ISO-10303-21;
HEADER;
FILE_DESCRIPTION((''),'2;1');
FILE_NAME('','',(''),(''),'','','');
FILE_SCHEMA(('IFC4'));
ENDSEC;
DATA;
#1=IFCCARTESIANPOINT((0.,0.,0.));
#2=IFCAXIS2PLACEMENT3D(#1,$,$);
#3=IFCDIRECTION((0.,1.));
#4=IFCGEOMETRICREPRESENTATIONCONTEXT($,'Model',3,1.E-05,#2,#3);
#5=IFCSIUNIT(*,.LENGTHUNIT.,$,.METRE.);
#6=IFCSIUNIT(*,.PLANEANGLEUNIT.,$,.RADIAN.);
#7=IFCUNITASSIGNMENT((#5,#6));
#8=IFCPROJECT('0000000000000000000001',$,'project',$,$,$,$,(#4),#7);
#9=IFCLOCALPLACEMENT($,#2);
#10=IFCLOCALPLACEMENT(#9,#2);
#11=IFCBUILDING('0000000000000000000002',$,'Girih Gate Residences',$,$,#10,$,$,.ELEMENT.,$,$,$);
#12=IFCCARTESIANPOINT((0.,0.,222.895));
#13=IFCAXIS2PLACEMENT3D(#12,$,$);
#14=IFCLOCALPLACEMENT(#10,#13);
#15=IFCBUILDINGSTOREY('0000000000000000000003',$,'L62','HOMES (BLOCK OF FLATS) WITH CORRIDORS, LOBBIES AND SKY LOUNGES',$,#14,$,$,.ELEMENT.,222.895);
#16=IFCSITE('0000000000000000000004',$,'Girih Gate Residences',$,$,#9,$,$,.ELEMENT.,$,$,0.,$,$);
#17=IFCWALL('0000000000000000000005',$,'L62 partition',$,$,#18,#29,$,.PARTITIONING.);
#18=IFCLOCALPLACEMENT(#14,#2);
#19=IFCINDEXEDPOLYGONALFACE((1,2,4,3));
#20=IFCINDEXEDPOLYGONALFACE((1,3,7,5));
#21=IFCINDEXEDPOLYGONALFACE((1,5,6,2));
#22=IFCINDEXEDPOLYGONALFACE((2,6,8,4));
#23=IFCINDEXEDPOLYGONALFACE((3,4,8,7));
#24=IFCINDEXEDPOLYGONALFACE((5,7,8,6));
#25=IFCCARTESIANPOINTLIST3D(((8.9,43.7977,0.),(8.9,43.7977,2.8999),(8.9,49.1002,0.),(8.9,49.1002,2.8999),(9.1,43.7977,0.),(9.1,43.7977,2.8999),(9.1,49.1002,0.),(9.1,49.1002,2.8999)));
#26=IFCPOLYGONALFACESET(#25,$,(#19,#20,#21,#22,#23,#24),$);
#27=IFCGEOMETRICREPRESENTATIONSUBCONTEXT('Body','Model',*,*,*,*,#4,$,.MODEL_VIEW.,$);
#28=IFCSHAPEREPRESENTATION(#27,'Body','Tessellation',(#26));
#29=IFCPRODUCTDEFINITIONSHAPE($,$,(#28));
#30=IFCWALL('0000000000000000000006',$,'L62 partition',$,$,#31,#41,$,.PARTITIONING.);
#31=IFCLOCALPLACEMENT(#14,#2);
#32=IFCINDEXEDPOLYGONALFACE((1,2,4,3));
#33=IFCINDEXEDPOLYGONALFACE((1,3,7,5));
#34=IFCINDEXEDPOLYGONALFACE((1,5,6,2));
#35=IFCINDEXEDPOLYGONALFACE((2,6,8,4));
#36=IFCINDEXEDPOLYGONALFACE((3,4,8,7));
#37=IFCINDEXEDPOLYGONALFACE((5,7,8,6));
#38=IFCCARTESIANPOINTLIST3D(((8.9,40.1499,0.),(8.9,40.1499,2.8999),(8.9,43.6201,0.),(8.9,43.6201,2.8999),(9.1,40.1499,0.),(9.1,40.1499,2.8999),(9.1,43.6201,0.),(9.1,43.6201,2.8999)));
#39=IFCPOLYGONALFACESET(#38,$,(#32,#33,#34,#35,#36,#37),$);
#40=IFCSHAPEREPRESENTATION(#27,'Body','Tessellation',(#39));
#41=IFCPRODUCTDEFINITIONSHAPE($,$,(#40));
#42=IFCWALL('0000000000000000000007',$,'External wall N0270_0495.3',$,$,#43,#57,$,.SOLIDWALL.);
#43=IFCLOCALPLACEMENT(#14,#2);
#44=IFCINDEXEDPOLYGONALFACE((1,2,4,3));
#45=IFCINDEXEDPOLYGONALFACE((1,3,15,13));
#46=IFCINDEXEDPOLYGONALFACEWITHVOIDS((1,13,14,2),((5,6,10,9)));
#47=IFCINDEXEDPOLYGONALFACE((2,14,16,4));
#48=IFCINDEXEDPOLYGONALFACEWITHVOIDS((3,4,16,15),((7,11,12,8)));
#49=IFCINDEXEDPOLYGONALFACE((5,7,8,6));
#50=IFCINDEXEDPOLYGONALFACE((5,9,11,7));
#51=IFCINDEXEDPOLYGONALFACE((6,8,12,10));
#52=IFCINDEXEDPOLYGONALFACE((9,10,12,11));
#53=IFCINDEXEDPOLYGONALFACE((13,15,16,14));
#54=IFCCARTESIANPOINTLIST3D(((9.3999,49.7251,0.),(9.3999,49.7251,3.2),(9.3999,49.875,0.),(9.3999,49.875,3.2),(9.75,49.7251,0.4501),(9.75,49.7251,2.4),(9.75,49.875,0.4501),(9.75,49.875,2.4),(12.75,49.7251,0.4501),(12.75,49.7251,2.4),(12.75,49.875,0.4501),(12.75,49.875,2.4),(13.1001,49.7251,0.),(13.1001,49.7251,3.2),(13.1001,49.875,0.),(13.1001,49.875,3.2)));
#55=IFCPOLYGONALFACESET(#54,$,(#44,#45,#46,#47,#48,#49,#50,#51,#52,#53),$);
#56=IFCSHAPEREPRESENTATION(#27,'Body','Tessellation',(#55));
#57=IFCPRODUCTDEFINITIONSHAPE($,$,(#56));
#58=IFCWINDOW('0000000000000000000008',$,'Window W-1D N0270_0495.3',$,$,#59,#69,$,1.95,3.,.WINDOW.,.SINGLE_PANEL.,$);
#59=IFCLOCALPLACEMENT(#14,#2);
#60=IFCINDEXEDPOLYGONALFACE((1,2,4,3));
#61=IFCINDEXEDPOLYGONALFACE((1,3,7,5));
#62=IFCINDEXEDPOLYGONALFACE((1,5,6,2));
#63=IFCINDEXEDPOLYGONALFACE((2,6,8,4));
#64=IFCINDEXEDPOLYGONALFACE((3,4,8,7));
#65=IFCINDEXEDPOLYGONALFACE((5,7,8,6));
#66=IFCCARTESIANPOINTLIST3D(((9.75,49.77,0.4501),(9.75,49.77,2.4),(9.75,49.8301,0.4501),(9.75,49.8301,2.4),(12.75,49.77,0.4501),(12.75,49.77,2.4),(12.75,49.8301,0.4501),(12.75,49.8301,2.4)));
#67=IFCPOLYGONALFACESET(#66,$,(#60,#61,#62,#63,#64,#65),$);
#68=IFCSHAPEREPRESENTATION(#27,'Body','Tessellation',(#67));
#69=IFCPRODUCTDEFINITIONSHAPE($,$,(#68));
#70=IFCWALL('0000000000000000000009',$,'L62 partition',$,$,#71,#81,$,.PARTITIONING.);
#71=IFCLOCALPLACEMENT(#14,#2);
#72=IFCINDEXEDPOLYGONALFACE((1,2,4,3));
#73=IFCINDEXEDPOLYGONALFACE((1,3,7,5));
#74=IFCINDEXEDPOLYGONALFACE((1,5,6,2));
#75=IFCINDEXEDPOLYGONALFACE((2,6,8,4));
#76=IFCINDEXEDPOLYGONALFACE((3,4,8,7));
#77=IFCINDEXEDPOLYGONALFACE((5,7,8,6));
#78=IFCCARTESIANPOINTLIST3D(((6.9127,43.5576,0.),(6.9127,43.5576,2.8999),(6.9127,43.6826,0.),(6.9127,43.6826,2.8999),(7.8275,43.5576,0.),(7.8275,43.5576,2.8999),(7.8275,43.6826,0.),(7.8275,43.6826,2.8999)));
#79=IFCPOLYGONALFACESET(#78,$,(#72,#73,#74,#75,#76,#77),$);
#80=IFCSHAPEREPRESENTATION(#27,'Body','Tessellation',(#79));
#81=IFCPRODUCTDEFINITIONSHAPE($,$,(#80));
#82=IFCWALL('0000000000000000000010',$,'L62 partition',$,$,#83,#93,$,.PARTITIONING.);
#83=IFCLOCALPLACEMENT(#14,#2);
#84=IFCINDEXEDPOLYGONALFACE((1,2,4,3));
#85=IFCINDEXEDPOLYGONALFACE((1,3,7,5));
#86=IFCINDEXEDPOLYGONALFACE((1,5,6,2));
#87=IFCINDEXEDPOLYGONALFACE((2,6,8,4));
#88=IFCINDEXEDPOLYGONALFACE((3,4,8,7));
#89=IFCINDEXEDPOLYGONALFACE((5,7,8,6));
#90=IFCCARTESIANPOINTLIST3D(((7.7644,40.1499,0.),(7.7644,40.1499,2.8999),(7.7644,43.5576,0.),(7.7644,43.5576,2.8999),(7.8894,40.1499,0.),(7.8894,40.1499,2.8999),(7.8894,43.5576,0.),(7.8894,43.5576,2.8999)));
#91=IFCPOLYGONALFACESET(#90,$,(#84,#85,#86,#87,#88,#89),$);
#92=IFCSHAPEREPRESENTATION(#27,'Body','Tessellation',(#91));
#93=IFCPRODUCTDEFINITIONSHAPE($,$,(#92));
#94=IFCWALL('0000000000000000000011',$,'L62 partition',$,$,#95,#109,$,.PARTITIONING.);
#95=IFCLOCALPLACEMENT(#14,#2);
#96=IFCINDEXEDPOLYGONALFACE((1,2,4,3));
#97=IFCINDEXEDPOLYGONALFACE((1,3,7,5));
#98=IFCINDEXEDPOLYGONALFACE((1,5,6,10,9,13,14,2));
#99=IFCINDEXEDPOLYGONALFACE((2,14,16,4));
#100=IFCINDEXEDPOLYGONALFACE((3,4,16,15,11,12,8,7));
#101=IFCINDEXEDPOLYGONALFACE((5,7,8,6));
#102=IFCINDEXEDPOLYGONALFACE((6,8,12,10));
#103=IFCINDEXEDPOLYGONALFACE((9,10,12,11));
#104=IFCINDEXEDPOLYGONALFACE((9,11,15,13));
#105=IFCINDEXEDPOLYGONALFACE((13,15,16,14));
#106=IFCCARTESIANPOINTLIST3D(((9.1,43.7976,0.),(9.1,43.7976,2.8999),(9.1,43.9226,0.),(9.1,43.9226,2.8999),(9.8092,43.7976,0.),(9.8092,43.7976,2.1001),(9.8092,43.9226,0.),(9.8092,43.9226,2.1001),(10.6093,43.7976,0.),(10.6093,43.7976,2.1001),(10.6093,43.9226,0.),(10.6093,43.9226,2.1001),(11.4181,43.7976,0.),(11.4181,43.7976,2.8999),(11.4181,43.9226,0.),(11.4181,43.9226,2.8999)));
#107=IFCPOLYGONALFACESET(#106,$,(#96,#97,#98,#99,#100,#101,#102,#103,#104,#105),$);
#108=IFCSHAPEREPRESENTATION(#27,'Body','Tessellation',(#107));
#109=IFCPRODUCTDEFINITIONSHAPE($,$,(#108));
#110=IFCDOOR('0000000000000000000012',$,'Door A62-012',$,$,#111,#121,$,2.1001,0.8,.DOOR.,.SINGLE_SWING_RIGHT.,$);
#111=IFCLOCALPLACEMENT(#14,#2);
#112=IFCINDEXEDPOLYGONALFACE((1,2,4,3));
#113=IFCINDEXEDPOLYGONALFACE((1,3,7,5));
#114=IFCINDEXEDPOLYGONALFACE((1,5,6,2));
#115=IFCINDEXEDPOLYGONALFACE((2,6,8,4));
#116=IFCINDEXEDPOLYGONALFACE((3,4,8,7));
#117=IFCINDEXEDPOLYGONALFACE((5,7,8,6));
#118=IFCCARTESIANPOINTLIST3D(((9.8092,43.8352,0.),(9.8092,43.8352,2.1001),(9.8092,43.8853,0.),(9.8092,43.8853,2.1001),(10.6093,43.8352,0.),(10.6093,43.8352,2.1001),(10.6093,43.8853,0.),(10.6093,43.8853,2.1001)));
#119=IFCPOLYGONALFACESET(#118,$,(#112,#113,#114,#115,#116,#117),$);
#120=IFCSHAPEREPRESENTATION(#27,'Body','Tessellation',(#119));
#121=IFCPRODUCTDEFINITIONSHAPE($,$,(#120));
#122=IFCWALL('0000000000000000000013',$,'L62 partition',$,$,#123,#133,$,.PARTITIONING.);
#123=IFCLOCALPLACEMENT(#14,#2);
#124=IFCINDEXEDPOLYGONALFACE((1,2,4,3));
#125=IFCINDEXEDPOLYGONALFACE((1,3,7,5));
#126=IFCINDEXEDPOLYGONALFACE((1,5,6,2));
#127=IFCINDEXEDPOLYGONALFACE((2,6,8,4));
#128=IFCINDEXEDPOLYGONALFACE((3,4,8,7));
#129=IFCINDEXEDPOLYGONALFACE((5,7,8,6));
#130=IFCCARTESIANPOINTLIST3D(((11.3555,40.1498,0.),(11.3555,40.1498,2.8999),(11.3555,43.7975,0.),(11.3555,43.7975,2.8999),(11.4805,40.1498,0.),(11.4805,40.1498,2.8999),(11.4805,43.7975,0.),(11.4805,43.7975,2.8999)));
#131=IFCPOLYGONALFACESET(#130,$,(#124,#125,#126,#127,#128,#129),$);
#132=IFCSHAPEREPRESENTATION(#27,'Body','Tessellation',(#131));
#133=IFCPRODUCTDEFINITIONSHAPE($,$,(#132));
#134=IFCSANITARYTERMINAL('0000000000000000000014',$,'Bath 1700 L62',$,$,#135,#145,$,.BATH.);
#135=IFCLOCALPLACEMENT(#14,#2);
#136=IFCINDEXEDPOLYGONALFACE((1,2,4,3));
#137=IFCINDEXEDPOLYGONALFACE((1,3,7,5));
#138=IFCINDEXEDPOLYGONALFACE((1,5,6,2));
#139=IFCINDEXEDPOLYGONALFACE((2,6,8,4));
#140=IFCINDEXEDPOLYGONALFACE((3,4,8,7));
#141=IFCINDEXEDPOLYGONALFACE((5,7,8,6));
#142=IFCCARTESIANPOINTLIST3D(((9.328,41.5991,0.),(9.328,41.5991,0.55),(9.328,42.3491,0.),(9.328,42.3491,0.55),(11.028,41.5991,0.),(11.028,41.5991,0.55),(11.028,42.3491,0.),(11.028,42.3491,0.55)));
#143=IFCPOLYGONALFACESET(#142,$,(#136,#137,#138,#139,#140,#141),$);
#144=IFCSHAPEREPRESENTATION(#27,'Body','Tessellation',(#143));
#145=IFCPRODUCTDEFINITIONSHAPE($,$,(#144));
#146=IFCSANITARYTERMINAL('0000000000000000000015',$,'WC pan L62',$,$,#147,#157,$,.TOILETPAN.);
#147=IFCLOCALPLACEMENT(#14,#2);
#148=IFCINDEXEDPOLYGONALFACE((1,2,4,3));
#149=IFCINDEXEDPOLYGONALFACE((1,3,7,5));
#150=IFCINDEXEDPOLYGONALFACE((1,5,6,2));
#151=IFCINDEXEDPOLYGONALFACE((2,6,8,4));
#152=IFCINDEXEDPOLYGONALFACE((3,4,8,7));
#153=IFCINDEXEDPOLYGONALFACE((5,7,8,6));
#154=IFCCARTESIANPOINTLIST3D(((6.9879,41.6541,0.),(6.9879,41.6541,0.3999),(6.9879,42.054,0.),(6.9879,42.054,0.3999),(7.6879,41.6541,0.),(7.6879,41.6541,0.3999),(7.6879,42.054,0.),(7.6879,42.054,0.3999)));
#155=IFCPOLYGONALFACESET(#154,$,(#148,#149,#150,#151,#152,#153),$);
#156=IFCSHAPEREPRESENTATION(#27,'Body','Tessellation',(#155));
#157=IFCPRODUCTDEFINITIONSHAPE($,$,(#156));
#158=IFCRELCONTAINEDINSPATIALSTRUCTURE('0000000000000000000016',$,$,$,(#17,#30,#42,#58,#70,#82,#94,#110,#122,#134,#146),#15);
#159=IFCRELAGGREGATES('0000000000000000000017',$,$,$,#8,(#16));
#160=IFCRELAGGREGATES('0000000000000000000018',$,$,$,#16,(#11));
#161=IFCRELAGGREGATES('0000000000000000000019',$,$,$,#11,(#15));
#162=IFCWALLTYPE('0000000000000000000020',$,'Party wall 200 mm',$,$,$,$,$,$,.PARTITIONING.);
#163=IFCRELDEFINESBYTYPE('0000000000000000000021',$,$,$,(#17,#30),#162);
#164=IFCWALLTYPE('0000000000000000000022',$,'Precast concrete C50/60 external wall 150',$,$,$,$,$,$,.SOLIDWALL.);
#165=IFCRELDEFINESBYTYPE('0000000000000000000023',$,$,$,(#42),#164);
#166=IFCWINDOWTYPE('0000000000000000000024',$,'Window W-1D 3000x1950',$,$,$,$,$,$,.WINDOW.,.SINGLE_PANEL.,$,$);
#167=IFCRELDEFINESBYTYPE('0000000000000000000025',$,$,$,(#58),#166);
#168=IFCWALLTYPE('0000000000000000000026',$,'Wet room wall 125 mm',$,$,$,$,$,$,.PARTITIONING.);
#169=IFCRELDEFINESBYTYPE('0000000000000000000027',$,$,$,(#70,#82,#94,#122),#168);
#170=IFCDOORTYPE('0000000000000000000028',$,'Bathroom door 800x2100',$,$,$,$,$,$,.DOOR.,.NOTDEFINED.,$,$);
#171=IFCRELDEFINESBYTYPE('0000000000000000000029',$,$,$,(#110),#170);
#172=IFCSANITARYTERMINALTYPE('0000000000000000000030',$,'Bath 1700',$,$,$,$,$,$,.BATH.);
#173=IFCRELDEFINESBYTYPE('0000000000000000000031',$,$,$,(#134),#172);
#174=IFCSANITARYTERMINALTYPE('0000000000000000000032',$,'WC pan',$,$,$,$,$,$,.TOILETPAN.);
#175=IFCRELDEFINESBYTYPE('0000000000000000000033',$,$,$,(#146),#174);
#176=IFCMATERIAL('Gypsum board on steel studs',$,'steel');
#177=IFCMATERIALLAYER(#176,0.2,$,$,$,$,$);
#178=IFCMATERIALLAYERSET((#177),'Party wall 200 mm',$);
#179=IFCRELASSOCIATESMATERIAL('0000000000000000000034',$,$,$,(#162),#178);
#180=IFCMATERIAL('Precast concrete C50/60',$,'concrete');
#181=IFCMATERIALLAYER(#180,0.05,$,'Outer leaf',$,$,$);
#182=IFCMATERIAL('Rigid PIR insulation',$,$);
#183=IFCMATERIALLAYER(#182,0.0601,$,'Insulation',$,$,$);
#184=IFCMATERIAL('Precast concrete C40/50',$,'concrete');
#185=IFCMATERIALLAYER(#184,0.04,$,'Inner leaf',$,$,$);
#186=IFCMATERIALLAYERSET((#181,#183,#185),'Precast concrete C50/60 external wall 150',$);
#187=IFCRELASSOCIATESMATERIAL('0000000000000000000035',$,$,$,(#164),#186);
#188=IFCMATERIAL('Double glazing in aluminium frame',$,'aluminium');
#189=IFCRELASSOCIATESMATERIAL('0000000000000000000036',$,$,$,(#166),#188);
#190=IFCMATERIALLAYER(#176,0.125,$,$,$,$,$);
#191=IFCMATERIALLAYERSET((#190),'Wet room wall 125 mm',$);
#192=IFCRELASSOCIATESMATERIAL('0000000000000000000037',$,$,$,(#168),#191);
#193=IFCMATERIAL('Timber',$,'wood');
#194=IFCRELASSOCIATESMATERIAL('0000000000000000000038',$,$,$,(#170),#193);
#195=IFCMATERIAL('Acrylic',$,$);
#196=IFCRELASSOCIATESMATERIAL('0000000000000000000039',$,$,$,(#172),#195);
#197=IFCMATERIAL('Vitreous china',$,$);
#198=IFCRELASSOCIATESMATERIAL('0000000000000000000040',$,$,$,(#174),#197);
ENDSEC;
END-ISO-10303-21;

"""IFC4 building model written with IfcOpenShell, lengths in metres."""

from ifc_helpers import new_model, si_unit, direction, frame, frame_2d, origin, origin_2d, place, context, subcontext, project, spatial, rectangle, extrude, material, layer, layer_set, type_object, element, fill, save


model = new_model("IFC4")

# Units and contexts
model_context = context("Model", 3, precision=1e-05, world=origin(), true_north=direction((0.0, 1.0)))
body_context = subcontext(model_context, "Body", "Model", "MODEL_VIEW")
ifc_project = project(units=[si_unit("LENGTHUNIT", "METRE"), si_unit("PLANEANGLEUNIT", "RADIAN")], contexts=[model_context])

# Site, building, storey
site_placement = place(None, origin())
site = spatial("IfcSite", under=ifc_project, at=site_placement, Name="Girih Gate Residences", CompositionType="ELEMENT", RefElevation=0.0)
building_placement = place(site_placement, origin())
building = spatial("IfcBuilding", under=site, at=building_placement, Name="Girih Gate Residences", CompositionType="ELEMENT")
storey_placement = place(building_placement, frame((0.0, 0.0, 222.895)))
storey = spatial("IfcBuildingStorey", under=building, at=storey_placement, Name="L62", Description="HOMES (BLOCK OF FLATS) WITH CORRIDORS, LOBBIES AND SKY LOUNGES", CompositionType="ELEMENT", Elevation=222.895)

# Shared definitions
ifc_material_1 = material(Name="Gypsum board on steel studs", Category="steel")

# Shared definitions
ifc_material_2 = material(Name="Timber", Category="wood")

# Walls
ifc_layer_1 = layer(ifc_material_1, 0.2)
ifc_layer_set_1 = layer_set([ifc_layer_1], Name="Party wall 200 mm")
wall_type_1 = type_object("IfcWallType", Name="Party wall 200 mm", PredefinedType="PARTITIONING", material=ifc_layer_set_1)
wall_1_placement = place(storey_placement, frame((9.0, 43.7976, 0.0), z_axis=(0.0, 0.0, 1.0), x_axis=(0.0, 1.0, 0.0)))
element("IfcWall", 1, at=wall_1_placement, inside=storey, type_object=wall_type_1, Name="L62 partition", PredefinedType="PARTITIONING", context=body_context, shape_type="SweptSolid", body=[
    extrude(rectangle(XDim=5.3025, YDim=0.2, at=frame_2d((2.6514, 0.0))), origin(), (0.0, 0.0, 1.0), 2.8999),
])
wall_2_placement = place(storey_placement, frame((9.0, 40.1499, 0.0), z_axis=(0.0, 0.0, 1.0), x_axis=(0.0, 1.0, 0.0)))
element("IfcWall", 2, at=wall_2_placement, inside=storey, type_object=wall_type_1, Name="L62 partition", PredefinedType="PARTITIONING", context=body_context, shape_type="SweptSolid", body=[
    extrude(rectangle(XDim=3.4702, YDim=0.2, at=frame_2d((1.7351, 0.0))), origin(), (0.0, 0.0, 1.0), 2.8999),
])

# Wall, opening, window
ifc_material_3 = material(Name="Precast concrete C50/60", Category="concrete")
ifc_layer_2 = layer(ifc_material_3, 0.05, Name="Outer leaf")
ifc_material_4 = material(Name="Rigid PIR insulation")
ifc_layer_3 = layer(ifc_material_4, 0.0601, Name="Insulation")
ifc_material_5 = material(Name="Precast concrete C40/50", Category="concrete")
ifc_layer_4 = layer(ifc_material_5, 0.04, Name="Inner leaf")
ifc_layer_set_2 = layer_set([ifc_layer_2, ifc_layer_3, ifc_layer_4], Name="Precast concrete C50/60 external wall 150")
wall_type_2 = type_object("IfcWallType", Name="Precast concrete C50/60 external wall 150", PredefinedType="SOLIDWALL", material=ifc_layer_set_2)
wall_3_placement = place(storey_placement, frame((9.3999, 49.8, 0.0), z_axis=(0.0, 0.0, 1.0), x_axis=(1.0, 0.0, 0.0)))
wall_3 = element("IfcWall", 3, at=wall_3_placement, inside=storey, type_object=wall_type_2, Name="External wall N0270_0495.3", PredefinedType="SOLIDWALL", context=body_context, shape_type="SweptSolid", body=[
    extrude(rectangle(XDim=3.7002, YDim=0.1499, at=frame_2d((1.8501, 0.0))), origin(), (0.0, 0.0, 1.0), 3.2),
])
opening_1_placement = place(wall_3_placement, frame((0.3501, 0.0, 0.45)))
opening_1 = element("IfcOpeningElement", 4, at=opening_1_placement, cuts=wall_3, PredefinedType="OPENING", context=body_context, shape_type="SweptSolid", body=[
    extrude(rectangle(XDim=3.0, YDim=1.95, at=frame_2d((1.5, 0.9751))), frame((0.0, 0.085, 0.0), z_axis=(0.0, -1.0, 0.0), x_axis=(1.0, 0.0, 0.0)), (0.0, 0.0, 1.0), 0.1699),
])
ifc_material_6 = material(Name="Double glazing in aluminium frame", Category="aluminium")
window_type = type_object("IfcWindowType", Name="Window W-1D 3000x1950", PartitioningType="SINGLE_PANEL", PredefinedType="WINDOW", material=ifc_material_6)
window_placement = place(opening_1_placement, origin())
window = element("IfcWindow", 5, at=window_placement, inside=storey, type_object=window_type, Name="Window W-1D N0270_0495.3", OverallHeight=1.95, OverallWidth=3.0, PartitioningType="SINGLE_PANEL", PredefinedType="WINDOW", context=body_context, shape_type="SweptSolid", body=[
    extrude(rectangle(XDim=3.0, YDim=1.95, at=frame_2d((1.5, 0.9751))), frame((0.0, 0.03, 0.0), z_axis=(0.0, -1.0, 0.0), x_axis=(1.0, 0.0, 0.0)), (0.0, 0.0, 1.0), 0.0601),
])
fill(opening_1, window)

# Walls
ifc_layer_5 = layer(ifc_material_1, 0.125)
ifc_layer_set_3 = layer_set([ifc_layer_5], Name="Wet room wall 125 mm")
wall_type_3 = type_object("IfcWallType", Name="Wet room wall 125 mm", PredefinedType="PARTITIONING", material=ifc_layer_set_3)
wall_4_placement = place(storey_placement, frame((6.9126, 43.6201, 0.0), z_axis=(0.0, 0.0, 1.0), x_axis=(1.0, 0.0, 0.0)))
element("IfcWall", 6, at=wall_4_placement, inside=storey, type_object=wall_type_3, Name="L62 partition", PredefinedType="PARTITIONING", context=body_context, shape_type="SweptSolid", body=[
    extrude(rectangle(XDim=0.9148, YDim=0.125, at=frame_2d((0.4575, 0.0))), origin(), (0.0, 0.0, 1.0), 2.8999),
])
wall_5_placement = place(storey_placement, frame((7.8269, 40.1499, 0.0), z_axis=(0.0, 0.0, 1.0), x_axis=(0.0, 1.0, 0.0)))
element("IfcWall", 7, at=wall_5_placement, inside=storey, type_object=wall_type_3, Name="L62 partition", PredefinedType="PARTITIONING", context=body_context, shape_type="SweptSolid", body=[
    extrude(rectangle(XDim=3.4077, YDim=0.125, at=frame_2d((1.7039, 0.0))), origin(), (0.0, 0.0, 1.0), 2.8999),
])

# Wall, opening, door
wall_6_placement = place(storey_placement, frame((11.4182, 43.8601, 0.0), z_axis=(0.0, 0.0, 1.0), x_axis=(-1.0, 0.0, 0.0)))
wall_6 = element("IfcWall", 8, at=wall_6_placement, inside=storey, type_object=wall_type_3, Name="L62 partition", PredefinedType="PARTITIONING", context=body_context, shape_type="SweptSolid", body=[
    extrude(rectangle(XDim=2.3181, YDim=0.125, at=frame_2d((1.1592, 0.0))), origin(), (0.0, 0.0, 1.0), 2.8999),
])
opening_2_placement = place(wall_6_placement, frame((0.8091, 0.0, 0.0)))
opening_2 = element("IfcOpeningElement", 9, at=opening_2_placement, cuts=wall_6, PredefinedType="OPENING", context=body_context, shape_type="SweptSolid", body=[
    extrude(rectangle(XDim=0.8, YDim=2.1001, at=frame_2d((0.3999, 1.05))), frame((0.0, 0.0725, 0.0), z_axis=(0.0, -1.0, 0.0), x_axis=(1.0, 0.0, 0.0)), (0.0, 0.0, 1.0), 0.145),
])
door_type_1 = type_object("IfcDoorType", Name="Bathroom door 800x2100", OperationType="NOTDEFINED", PredefinedType="DOOR", material=ifc_material_2)
door_1_placement = place(opening_2_placement, origin())
door_1 = element("IfcDoor", 10, at=door_1_placement, inside=storey, type_object=door_type_1, Name="Door A62-012", OperationType="SINGLE_SWING_RIGHT", OverallHeight=2.1001, OverallWidth=0.8, PredefinedType="DOOR", context=body_context, shape_type="SweptSolid", body=[
    extrude(rectangle(XDim=0.8, YDim=2.1001, at=frame_2d((0.3999, 1.05))), frame((0.0, 0.0249, 0.0), z_axis=(0.0, -1.0, 0.0), x_axis=(1.0, 0.0, 0.0)), (0.0, 0.0, 1.0), 0.05),
])
fill(opening_2, door_1)

# Wall
wall_7_placement = place(storey_placement, frame((11.418, 40.1499, 0.0), z_axis=(0.0, 0.0, 1.0), x_axis=(0.0, 1.0, 0.0)))
element("IfcWall", 11, at=wall_7_placement, inside=storey, type_object=wall_type_3, Name="L62 partition", PredefinedType="PARTITIONING", context=body_context, shape_type="SweptSolid", body=[
    extrude(rectangle(XDim=3.6477, YDim=0.125, at=frame_2d((1.8237, 0.0))), origin(), (0.0, 0.0, 1.0), 2.8999),
])

# Sanitary terminals
ifc_material_7 = material(Name="Acrylic")
sanitary_terminal_type_1 = type_object("IfcSanitaryTerminalType", Name="Bath 1700", PredefinedType="BATH", material=ifc_material_7)
sanitary_terminal_1_placement = place(storey_placement, frame((10.178, 41.9741, 0.0), z_axis=(0.0, 0.0, 1.0), x_axis=(1.0, 0.0, 0.0)))
element("IfcSanitaryTerminal", 12, at=sanitary_terminal_1_placement, inside=storey, type_object=sanitary_terminal_type_1, Name="Bath 1700 L62", PredefinedType="BATH", context=body_context, shape_type="SweptSolid", body=[
    extrude(rectangle(XDim=1.7, YDim=0.75, at=origin_2d()), origin(), (0.0, 0.0, 1.0), 0.55),
])
ifc_material_8 = material(Name="Vitreous china")
sanitary_terminal_type_2 = type_object("IfcSanitaryTerminalType", Name="WC pan", PredefinedType="TOILETPAN", material=ifc_material_8)
sanitary_terminal_2_placement = place(storey_placement, frame((7.3379, 41.854, 0.0), z_axis=(0.0, 0.0, 1.0), x_axis=(1.0, 0.0, 0.0)))
element("IfcSanitaryTerminal", 13, at=sanitary_terminal_2_placement, inside=storey, type_object=sanitary_terminal_type_2, Name="WC pan L62", PredefinedType="TOILETPAN", context=body_context, shape_type="SweptSolid", body=[
    extrude(rectangle(XDim=0.7, YDim=0.3999, at=origin_2d()), origin(), (0.0, 0.0, 1.0), 0.3999),
])

save(model, "model.ifc")
